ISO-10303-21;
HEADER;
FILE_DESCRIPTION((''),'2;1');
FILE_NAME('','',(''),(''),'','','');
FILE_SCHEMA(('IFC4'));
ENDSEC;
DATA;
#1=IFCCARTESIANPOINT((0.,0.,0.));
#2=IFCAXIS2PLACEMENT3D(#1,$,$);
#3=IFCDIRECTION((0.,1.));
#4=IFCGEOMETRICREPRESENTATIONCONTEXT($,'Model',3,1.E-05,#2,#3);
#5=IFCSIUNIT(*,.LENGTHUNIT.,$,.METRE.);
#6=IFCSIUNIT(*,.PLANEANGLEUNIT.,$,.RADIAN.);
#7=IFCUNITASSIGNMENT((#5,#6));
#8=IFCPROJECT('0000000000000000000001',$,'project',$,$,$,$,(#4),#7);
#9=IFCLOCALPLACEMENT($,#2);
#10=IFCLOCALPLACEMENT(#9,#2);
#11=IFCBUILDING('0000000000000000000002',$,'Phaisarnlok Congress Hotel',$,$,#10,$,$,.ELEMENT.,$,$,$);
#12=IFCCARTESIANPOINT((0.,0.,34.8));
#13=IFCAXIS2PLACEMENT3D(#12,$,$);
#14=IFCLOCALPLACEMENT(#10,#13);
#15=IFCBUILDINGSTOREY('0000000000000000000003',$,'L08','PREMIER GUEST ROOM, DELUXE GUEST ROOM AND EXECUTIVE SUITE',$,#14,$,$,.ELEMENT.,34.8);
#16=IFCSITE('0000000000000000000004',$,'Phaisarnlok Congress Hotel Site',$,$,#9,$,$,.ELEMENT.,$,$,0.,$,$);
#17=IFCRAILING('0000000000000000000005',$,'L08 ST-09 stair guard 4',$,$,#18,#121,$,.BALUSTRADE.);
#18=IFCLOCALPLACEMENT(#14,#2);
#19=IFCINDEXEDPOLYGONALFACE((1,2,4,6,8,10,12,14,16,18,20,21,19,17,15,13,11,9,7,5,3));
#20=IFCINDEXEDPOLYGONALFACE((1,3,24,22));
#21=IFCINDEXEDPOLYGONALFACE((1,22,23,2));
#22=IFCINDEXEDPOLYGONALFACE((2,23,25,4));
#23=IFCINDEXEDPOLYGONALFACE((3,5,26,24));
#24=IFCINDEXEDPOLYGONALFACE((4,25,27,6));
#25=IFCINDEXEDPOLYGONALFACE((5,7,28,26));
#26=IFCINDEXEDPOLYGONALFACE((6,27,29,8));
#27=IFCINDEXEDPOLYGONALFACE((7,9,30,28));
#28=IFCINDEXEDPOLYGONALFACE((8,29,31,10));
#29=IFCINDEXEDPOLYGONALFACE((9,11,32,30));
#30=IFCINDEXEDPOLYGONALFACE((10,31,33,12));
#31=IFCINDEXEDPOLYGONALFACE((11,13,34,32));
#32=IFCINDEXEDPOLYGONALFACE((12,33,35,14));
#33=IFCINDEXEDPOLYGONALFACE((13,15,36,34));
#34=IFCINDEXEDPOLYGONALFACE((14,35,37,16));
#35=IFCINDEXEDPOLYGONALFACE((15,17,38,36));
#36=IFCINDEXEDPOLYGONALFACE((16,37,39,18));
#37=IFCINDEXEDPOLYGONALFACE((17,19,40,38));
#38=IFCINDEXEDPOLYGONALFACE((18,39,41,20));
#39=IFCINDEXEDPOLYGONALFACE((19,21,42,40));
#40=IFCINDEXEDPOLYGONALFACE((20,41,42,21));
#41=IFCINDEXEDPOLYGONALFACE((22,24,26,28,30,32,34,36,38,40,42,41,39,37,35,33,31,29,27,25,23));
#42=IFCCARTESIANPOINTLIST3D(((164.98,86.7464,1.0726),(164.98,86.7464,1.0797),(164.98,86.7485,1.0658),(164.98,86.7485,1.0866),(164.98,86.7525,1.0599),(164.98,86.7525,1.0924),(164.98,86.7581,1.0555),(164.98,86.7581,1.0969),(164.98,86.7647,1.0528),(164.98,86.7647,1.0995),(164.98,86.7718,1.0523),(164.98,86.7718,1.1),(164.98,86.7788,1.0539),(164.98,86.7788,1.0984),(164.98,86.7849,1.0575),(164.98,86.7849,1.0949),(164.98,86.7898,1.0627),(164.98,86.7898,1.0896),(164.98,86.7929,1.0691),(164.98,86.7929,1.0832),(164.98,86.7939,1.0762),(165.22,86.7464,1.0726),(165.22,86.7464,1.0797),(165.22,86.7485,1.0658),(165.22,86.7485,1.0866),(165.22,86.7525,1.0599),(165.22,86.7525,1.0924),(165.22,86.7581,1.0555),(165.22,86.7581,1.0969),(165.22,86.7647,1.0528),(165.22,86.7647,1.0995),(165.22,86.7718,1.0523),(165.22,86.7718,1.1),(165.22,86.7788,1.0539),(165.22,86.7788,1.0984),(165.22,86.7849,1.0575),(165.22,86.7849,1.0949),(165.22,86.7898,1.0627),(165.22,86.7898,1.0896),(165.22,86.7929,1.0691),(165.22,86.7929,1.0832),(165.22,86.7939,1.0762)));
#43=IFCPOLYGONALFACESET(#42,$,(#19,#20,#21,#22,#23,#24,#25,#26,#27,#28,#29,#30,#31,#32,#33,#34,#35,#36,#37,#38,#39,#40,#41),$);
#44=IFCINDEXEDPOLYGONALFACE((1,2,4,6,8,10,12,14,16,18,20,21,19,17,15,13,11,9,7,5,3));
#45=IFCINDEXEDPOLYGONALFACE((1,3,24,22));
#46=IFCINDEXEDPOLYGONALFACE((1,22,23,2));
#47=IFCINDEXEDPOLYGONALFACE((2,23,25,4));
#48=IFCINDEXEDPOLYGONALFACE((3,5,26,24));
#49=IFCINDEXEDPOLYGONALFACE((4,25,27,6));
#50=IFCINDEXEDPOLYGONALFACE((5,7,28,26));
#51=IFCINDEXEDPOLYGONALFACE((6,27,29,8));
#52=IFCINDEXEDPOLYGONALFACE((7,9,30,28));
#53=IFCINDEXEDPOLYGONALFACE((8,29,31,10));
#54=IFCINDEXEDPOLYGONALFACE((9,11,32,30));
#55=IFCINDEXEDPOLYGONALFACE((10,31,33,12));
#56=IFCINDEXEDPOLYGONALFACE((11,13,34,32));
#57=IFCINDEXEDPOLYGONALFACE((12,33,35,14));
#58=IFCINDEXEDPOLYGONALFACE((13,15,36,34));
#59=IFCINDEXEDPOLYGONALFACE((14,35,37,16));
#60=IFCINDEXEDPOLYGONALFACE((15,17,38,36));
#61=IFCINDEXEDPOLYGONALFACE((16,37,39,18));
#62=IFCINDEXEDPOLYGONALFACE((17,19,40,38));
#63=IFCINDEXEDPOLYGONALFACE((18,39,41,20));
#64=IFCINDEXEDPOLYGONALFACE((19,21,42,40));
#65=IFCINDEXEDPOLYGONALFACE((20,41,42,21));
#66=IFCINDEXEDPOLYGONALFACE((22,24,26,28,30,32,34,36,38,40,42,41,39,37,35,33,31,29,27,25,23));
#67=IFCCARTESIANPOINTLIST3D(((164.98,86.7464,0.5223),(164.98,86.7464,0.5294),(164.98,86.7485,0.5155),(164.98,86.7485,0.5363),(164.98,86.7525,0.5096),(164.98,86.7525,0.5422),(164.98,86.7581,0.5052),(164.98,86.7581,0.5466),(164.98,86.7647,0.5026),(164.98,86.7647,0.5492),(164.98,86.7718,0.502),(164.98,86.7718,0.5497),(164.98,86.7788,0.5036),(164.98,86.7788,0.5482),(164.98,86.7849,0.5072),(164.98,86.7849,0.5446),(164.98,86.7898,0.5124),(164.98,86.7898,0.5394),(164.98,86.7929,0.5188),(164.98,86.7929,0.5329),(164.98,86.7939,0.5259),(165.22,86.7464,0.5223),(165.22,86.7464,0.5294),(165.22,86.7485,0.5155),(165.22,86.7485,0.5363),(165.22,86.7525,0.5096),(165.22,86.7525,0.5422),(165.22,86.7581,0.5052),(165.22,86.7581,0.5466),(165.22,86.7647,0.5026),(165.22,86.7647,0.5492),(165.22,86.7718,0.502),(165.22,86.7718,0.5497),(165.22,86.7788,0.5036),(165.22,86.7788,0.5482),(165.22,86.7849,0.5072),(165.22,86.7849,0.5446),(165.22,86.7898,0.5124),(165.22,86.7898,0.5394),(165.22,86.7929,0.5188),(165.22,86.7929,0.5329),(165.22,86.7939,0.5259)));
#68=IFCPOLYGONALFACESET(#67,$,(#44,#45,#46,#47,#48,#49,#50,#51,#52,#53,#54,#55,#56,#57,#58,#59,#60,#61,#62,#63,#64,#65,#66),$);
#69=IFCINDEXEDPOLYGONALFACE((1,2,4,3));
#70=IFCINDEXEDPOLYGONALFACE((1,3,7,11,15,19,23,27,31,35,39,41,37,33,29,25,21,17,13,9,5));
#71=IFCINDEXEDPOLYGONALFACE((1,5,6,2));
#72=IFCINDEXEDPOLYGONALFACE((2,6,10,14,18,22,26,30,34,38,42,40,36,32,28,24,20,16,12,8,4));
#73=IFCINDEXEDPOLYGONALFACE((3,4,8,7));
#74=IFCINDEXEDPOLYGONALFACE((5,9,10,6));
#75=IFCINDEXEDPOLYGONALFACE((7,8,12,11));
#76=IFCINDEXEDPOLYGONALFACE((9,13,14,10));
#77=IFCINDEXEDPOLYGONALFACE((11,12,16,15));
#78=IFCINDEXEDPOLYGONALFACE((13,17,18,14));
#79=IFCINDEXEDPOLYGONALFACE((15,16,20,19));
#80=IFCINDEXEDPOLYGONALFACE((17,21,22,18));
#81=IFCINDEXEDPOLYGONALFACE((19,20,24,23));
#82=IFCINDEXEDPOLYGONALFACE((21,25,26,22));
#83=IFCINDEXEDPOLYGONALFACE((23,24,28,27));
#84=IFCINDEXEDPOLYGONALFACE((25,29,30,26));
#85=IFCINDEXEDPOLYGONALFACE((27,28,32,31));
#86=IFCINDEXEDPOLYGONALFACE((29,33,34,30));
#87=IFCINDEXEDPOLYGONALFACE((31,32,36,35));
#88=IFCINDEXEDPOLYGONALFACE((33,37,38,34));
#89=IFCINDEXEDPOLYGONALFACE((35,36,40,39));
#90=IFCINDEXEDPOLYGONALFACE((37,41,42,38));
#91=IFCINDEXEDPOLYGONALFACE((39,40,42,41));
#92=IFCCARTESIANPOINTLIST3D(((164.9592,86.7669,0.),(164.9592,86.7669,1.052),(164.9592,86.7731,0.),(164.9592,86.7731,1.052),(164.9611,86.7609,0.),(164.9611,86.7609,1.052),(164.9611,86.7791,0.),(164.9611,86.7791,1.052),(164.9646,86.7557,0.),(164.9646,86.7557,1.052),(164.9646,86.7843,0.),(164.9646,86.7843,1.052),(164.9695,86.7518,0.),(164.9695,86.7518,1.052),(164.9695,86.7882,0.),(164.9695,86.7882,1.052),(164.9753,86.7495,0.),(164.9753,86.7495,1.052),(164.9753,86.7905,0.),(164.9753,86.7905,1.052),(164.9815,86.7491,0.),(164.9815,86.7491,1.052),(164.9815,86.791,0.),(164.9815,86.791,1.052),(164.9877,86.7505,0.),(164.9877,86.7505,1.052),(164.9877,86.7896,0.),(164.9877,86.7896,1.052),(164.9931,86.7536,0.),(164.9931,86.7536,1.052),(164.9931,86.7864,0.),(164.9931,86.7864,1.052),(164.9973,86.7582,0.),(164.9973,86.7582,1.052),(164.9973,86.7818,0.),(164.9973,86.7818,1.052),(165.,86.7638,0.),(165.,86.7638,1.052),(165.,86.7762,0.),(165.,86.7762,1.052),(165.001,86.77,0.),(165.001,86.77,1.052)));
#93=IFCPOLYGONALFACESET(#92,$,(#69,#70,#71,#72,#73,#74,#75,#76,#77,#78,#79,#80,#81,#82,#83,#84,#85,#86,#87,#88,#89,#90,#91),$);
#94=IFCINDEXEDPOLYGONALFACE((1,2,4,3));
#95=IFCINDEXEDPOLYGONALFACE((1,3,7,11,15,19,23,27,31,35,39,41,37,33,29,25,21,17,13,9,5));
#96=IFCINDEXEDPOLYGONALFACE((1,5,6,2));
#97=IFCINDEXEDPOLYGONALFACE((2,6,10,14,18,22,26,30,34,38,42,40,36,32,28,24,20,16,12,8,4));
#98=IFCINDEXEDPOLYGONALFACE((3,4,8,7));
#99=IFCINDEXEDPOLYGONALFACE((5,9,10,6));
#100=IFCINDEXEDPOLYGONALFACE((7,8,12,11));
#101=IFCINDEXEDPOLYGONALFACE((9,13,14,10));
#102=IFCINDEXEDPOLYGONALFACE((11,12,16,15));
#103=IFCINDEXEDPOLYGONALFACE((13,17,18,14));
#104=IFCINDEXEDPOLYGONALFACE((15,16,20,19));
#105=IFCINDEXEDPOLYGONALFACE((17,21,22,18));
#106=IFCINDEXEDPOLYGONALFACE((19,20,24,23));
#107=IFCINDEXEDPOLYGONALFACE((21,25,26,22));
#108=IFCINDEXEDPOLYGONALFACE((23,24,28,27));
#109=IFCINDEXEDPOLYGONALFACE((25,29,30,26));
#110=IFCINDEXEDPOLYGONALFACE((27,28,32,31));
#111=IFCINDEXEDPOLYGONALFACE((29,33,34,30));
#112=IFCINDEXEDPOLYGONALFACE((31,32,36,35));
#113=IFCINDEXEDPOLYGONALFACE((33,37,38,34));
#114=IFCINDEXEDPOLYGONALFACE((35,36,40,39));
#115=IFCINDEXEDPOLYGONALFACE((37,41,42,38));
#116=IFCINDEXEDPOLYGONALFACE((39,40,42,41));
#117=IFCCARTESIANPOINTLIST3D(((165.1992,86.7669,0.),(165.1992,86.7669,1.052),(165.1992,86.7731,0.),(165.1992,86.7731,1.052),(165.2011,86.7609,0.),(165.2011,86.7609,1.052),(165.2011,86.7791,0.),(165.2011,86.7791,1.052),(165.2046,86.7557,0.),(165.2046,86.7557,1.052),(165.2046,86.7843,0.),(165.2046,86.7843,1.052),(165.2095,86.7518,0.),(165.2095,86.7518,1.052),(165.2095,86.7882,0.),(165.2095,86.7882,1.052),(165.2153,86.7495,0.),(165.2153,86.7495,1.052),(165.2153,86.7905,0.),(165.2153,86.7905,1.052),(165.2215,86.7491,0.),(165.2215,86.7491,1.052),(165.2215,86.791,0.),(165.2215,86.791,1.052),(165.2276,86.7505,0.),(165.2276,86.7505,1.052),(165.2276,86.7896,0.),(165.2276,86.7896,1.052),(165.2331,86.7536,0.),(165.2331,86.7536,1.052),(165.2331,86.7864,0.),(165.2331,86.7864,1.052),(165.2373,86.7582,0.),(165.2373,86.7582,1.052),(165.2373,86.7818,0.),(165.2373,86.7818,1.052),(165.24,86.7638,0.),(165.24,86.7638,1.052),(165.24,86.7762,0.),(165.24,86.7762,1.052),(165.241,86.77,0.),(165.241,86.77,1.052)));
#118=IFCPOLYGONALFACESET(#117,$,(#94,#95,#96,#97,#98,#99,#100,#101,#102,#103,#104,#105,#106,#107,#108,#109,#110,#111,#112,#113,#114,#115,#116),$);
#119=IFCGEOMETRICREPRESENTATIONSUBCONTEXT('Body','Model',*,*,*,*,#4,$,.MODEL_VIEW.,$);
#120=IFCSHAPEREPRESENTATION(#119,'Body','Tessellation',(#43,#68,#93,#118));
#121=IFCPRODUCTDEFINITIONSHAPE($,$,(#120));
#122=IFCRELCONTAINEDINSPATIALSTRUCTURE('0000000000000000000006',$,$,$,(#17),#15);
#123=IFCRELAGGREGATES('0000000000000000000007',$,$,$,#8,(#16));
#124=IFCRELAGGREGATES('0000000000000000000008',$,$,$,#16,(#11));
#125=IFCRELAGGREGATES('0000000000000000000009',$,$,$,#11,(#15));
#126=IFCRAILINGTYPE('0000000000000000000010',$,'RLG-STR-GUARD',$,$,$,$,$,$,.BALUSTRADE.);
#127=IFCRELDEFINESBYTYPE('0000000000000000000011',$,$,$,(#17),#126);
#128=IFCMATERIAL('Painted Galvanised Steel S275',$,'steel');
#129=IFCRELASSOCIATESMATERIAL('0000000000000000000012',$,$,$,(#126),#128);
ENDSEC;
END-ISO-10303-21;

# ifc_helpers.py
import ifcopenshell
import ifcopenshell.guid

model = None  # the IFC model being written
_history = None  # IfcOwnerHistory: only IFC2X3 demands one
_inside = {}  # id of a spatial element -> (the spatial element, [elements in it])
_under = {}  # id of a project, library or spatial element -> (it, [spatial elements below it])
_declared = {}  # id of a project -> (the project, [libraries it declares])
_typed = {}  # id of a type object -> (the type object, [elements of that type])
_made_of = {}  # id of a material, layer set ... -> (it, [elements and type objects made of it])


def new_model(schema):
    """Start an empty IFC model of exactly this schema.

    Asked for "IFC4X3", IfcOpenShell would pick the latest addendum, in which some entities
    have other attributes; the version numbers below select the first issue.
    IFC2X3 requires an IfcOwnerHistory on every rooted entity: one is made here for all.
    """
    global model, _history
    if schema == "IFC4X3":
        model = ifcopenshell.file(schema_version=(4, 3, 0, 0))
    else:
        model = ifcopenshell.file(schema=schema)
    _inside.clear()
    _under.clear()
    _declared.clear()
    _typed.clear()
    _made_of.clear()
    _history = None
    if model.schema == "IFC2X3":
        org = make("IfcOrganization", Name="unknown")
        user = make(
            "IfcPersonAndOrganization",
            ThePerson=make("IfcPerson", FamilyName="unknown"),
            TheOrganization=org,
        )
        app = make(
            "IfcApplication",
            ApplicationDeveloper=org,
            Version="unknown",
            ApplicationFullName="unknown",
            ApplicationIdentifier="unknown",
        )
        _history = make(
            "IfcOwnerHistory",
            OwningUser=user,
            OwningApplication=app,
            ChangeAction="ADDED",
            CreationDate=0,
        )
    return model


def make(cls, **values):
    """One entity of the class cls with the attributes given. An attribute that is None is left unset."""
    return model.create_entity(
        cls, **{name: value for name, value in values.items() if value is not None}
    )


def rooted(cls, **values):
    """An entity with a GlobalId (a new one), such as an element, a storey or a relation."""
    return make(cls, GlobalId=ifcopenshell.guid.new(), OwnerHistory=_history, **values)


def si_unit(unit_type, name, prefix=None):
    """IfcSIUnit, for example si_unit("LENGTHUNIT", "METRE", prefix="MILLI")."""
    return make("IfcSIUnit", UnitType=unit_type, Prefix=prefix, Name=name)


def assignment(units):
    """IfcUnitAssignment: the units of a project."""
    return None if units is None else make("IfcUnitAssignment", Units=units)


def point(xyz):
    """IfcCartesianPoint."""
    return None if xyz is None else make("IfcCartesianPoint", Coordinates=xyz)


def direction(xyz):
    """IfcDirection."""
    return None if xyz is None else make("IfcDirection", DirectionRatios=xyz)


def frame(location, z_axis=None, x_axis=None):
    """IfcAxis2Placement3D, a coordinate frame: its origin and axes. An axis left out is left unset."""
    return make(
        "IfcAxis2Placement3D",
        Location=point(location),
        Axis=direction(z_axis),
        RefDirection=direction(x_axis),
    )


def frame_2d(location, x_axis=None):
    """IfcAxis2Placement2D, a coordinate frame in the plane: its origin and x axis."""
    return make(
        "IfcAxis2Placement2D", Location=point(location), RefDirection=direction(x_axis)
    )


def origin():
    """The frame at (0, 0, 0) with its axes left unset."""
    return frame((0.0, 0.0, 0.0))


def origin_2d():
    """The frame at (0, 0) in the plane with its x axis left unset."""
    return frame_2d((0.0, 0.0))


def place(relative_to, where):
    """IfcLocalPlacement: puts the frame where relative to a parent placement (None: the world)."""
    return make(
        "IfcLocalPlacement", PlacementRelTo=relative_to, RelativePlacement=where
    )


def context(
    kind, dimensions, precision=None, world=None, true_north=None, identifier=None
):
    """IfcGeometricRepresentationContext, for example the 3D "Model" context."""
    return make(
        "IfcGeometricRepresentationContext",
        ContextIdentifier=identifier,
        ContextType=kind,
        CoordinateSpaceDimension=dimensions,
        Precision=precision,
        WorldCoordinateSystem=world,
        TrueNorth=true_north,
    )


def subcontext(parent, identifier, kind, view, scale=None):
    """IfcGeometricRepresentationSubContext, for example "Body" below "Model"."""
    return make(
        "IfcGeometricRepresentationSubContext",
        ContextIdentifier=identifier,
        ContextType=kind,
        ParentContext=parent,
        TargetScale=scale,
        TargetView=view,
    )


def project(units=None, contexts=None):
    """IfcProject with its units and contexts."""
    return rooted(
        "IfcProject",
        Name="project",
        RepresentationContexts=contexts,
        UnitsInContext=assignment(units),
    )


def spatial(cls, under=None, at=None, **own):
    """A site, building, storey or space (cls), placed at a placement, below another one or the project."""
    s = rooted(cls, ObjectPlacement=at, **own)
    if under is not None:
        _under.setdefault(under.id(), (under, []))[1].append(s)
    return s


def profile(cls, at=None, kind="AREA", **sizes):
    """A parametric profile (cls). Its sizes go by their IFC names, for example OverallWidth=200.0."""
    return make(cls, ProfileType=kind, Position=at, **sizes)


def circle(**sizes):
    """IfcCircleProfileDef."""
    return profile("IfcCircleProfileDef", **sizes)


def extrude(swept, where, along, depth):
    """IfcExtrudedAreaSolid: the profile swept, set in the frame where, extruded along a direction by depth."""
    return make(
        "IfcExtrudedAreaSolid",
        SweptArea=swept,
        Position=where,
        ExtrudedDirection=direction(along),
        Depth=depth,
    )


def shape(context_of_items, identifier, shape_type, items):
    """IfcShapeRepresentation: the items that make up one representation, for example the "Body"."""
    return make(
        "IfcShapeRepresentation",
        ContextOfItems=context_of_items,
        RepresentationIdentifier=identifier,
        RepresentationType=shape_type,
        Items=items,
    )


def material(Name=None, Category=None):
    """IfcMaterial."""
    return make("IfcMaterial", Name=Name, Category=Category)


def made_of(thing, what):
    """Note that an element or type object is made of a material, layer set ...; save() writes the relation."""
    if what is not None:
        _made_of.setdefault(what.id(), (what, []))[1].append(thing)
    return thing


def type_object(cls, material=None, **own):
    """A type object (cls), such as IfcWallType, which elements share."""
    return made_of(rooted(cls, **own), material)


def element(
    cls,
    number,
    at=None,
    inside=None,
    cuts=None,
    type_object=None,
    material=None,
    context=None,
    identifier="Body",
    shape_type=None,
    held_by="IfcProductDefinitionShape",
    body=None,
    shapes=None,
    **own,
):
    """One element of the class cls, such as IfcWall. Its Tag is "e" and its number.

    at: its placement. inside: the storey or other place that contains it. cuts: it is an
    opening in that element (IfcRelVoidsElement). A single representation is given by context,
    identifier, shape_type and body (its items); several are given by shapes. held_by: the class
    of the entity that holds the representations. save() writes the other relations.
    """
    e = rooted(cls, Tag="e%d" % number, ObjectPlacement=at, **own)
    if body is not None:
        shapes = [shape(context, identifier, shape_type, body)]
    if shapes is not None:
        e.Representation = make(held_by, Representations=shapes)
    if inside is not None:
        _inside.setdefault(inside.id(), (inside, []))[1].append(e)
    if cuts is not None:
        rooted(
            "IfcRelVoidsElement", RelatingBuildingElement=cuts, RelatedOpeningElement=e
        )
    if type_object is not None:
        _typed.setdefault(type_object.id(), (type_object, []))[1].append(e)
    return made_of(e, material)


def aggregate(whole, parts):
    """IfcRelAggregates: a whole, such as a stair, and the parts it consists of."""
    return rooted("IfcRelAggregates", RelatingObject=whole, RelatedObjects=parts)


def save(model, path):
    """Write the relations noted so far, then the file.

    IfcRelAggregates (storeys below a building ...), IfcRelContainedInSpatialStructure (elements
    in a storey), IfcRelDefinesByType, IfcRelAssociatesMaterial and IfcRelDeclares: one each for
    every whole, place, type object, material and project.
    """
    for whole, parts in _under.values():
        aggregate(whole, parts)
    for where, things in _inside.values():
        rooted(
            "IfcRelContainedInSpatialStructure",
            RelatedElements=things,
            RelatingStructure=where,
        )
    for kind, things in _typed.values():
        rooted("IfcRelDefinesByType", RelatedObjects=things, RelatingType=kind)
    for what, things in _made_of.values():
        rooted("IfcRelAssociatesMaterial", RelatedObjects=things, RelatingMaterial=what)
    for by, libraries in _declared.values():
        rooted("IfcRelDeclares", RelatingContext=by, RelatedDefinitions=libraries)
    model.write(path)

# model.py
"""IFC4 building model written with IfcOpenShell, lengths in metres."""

from ifc_helpers import new_model, si_unit, direction, frame, origin, origin_2d, place, context, subcontext, project, spatial, circle, extrude, material, type_object, element, save


model = new_model("IFC4")

# Units and contexts
model_context = context("Model", 3, precision=1e-05, world=origin(), true_north=direction((0.0, 1.0)))
body_context = subcontext(model_context, "Body", "Model", "MODEL_VIEW")
ifc_project = project(units=[si_unit("LENGTHUNIT", "METRE"), si_unit("PLANEANGLEUNIT", "RADIAN")], contexts=[model_context])

# Site, building, storey
site_placement = place(None, origin())
site = spatial("IfcSite", under=ifc_project, at=site_placement, Name="Phaisarnlok Congress Hotel Site", CompositionType="ELEMENT", RefElevation=0.0)
building_placement = place(site_placement, origin())
building = spatial("IfcBuilding", under=site, at=building_placement, Name="Phaisarnlok Congress Hotel", CompositionType="ELEMENT")
storey_placement = place(building_placement, frame((0.0, 0.0, 34.8)))
storey = spatial("IfcBuildingStorey", under=building, at=storey_placement, Name="L08", Description="PREMIER GUEST ROOM, DELUXE GUEST ROOM AND EXECUTIVE SUITE", CompositionType="ELEMENT", Elevation=34.8)

# Railing
ifc_material_1 = material(Name="Painted Galvanised Steel S275", Category="steel")
railing_type_1 = type_object("IfcRailingType", Name="RLG-STR-GUARD", PredefinedType="BALUSTRADE", material=ifc_material_1)
railing_1_placement = place(storey_placement, frame((164.98, 86.77, 0.0)))
element("IfcRailing", 1, at=railing_1_placement, inside=storey, type_object=railing_type_1, Name="L08 ST-09 stair guard 4", PredefinedType="BALUSTRADE", context=body_context, shape_type="SweptSolid", body=[
    extrude(circle(Radius=0.0239, at=origin_2d()), frame((0.0, 0.0, 1.0762), z_axis=(1.0, 0.0, 0.0), x_axis=(0.0, 1.0, 0.0)), (0.0, 0.0, 1.0), 0.24),
    extrude(circle(Radius=0.0239, at=origin_2d()), frame((0.0, 0.0, 0.5259), z_axis=(1.0, 0.0, 0.0), x_axis=(0.0, 1.0, 0.0)), (0.0, 0.0, 1.0), 0.24),
    extrude(circle(Radius=0.021, at=origin_2d()), origin(), (0.0, 0.0, 1.0), 1.052),
    extrude(circle(Radius=0.021, at=origin_2d()), frame((0.24, 0.0, 0.0)), (0.0, 0.0, 1.0), 1.052),
])

save(model, "model.ifc")
